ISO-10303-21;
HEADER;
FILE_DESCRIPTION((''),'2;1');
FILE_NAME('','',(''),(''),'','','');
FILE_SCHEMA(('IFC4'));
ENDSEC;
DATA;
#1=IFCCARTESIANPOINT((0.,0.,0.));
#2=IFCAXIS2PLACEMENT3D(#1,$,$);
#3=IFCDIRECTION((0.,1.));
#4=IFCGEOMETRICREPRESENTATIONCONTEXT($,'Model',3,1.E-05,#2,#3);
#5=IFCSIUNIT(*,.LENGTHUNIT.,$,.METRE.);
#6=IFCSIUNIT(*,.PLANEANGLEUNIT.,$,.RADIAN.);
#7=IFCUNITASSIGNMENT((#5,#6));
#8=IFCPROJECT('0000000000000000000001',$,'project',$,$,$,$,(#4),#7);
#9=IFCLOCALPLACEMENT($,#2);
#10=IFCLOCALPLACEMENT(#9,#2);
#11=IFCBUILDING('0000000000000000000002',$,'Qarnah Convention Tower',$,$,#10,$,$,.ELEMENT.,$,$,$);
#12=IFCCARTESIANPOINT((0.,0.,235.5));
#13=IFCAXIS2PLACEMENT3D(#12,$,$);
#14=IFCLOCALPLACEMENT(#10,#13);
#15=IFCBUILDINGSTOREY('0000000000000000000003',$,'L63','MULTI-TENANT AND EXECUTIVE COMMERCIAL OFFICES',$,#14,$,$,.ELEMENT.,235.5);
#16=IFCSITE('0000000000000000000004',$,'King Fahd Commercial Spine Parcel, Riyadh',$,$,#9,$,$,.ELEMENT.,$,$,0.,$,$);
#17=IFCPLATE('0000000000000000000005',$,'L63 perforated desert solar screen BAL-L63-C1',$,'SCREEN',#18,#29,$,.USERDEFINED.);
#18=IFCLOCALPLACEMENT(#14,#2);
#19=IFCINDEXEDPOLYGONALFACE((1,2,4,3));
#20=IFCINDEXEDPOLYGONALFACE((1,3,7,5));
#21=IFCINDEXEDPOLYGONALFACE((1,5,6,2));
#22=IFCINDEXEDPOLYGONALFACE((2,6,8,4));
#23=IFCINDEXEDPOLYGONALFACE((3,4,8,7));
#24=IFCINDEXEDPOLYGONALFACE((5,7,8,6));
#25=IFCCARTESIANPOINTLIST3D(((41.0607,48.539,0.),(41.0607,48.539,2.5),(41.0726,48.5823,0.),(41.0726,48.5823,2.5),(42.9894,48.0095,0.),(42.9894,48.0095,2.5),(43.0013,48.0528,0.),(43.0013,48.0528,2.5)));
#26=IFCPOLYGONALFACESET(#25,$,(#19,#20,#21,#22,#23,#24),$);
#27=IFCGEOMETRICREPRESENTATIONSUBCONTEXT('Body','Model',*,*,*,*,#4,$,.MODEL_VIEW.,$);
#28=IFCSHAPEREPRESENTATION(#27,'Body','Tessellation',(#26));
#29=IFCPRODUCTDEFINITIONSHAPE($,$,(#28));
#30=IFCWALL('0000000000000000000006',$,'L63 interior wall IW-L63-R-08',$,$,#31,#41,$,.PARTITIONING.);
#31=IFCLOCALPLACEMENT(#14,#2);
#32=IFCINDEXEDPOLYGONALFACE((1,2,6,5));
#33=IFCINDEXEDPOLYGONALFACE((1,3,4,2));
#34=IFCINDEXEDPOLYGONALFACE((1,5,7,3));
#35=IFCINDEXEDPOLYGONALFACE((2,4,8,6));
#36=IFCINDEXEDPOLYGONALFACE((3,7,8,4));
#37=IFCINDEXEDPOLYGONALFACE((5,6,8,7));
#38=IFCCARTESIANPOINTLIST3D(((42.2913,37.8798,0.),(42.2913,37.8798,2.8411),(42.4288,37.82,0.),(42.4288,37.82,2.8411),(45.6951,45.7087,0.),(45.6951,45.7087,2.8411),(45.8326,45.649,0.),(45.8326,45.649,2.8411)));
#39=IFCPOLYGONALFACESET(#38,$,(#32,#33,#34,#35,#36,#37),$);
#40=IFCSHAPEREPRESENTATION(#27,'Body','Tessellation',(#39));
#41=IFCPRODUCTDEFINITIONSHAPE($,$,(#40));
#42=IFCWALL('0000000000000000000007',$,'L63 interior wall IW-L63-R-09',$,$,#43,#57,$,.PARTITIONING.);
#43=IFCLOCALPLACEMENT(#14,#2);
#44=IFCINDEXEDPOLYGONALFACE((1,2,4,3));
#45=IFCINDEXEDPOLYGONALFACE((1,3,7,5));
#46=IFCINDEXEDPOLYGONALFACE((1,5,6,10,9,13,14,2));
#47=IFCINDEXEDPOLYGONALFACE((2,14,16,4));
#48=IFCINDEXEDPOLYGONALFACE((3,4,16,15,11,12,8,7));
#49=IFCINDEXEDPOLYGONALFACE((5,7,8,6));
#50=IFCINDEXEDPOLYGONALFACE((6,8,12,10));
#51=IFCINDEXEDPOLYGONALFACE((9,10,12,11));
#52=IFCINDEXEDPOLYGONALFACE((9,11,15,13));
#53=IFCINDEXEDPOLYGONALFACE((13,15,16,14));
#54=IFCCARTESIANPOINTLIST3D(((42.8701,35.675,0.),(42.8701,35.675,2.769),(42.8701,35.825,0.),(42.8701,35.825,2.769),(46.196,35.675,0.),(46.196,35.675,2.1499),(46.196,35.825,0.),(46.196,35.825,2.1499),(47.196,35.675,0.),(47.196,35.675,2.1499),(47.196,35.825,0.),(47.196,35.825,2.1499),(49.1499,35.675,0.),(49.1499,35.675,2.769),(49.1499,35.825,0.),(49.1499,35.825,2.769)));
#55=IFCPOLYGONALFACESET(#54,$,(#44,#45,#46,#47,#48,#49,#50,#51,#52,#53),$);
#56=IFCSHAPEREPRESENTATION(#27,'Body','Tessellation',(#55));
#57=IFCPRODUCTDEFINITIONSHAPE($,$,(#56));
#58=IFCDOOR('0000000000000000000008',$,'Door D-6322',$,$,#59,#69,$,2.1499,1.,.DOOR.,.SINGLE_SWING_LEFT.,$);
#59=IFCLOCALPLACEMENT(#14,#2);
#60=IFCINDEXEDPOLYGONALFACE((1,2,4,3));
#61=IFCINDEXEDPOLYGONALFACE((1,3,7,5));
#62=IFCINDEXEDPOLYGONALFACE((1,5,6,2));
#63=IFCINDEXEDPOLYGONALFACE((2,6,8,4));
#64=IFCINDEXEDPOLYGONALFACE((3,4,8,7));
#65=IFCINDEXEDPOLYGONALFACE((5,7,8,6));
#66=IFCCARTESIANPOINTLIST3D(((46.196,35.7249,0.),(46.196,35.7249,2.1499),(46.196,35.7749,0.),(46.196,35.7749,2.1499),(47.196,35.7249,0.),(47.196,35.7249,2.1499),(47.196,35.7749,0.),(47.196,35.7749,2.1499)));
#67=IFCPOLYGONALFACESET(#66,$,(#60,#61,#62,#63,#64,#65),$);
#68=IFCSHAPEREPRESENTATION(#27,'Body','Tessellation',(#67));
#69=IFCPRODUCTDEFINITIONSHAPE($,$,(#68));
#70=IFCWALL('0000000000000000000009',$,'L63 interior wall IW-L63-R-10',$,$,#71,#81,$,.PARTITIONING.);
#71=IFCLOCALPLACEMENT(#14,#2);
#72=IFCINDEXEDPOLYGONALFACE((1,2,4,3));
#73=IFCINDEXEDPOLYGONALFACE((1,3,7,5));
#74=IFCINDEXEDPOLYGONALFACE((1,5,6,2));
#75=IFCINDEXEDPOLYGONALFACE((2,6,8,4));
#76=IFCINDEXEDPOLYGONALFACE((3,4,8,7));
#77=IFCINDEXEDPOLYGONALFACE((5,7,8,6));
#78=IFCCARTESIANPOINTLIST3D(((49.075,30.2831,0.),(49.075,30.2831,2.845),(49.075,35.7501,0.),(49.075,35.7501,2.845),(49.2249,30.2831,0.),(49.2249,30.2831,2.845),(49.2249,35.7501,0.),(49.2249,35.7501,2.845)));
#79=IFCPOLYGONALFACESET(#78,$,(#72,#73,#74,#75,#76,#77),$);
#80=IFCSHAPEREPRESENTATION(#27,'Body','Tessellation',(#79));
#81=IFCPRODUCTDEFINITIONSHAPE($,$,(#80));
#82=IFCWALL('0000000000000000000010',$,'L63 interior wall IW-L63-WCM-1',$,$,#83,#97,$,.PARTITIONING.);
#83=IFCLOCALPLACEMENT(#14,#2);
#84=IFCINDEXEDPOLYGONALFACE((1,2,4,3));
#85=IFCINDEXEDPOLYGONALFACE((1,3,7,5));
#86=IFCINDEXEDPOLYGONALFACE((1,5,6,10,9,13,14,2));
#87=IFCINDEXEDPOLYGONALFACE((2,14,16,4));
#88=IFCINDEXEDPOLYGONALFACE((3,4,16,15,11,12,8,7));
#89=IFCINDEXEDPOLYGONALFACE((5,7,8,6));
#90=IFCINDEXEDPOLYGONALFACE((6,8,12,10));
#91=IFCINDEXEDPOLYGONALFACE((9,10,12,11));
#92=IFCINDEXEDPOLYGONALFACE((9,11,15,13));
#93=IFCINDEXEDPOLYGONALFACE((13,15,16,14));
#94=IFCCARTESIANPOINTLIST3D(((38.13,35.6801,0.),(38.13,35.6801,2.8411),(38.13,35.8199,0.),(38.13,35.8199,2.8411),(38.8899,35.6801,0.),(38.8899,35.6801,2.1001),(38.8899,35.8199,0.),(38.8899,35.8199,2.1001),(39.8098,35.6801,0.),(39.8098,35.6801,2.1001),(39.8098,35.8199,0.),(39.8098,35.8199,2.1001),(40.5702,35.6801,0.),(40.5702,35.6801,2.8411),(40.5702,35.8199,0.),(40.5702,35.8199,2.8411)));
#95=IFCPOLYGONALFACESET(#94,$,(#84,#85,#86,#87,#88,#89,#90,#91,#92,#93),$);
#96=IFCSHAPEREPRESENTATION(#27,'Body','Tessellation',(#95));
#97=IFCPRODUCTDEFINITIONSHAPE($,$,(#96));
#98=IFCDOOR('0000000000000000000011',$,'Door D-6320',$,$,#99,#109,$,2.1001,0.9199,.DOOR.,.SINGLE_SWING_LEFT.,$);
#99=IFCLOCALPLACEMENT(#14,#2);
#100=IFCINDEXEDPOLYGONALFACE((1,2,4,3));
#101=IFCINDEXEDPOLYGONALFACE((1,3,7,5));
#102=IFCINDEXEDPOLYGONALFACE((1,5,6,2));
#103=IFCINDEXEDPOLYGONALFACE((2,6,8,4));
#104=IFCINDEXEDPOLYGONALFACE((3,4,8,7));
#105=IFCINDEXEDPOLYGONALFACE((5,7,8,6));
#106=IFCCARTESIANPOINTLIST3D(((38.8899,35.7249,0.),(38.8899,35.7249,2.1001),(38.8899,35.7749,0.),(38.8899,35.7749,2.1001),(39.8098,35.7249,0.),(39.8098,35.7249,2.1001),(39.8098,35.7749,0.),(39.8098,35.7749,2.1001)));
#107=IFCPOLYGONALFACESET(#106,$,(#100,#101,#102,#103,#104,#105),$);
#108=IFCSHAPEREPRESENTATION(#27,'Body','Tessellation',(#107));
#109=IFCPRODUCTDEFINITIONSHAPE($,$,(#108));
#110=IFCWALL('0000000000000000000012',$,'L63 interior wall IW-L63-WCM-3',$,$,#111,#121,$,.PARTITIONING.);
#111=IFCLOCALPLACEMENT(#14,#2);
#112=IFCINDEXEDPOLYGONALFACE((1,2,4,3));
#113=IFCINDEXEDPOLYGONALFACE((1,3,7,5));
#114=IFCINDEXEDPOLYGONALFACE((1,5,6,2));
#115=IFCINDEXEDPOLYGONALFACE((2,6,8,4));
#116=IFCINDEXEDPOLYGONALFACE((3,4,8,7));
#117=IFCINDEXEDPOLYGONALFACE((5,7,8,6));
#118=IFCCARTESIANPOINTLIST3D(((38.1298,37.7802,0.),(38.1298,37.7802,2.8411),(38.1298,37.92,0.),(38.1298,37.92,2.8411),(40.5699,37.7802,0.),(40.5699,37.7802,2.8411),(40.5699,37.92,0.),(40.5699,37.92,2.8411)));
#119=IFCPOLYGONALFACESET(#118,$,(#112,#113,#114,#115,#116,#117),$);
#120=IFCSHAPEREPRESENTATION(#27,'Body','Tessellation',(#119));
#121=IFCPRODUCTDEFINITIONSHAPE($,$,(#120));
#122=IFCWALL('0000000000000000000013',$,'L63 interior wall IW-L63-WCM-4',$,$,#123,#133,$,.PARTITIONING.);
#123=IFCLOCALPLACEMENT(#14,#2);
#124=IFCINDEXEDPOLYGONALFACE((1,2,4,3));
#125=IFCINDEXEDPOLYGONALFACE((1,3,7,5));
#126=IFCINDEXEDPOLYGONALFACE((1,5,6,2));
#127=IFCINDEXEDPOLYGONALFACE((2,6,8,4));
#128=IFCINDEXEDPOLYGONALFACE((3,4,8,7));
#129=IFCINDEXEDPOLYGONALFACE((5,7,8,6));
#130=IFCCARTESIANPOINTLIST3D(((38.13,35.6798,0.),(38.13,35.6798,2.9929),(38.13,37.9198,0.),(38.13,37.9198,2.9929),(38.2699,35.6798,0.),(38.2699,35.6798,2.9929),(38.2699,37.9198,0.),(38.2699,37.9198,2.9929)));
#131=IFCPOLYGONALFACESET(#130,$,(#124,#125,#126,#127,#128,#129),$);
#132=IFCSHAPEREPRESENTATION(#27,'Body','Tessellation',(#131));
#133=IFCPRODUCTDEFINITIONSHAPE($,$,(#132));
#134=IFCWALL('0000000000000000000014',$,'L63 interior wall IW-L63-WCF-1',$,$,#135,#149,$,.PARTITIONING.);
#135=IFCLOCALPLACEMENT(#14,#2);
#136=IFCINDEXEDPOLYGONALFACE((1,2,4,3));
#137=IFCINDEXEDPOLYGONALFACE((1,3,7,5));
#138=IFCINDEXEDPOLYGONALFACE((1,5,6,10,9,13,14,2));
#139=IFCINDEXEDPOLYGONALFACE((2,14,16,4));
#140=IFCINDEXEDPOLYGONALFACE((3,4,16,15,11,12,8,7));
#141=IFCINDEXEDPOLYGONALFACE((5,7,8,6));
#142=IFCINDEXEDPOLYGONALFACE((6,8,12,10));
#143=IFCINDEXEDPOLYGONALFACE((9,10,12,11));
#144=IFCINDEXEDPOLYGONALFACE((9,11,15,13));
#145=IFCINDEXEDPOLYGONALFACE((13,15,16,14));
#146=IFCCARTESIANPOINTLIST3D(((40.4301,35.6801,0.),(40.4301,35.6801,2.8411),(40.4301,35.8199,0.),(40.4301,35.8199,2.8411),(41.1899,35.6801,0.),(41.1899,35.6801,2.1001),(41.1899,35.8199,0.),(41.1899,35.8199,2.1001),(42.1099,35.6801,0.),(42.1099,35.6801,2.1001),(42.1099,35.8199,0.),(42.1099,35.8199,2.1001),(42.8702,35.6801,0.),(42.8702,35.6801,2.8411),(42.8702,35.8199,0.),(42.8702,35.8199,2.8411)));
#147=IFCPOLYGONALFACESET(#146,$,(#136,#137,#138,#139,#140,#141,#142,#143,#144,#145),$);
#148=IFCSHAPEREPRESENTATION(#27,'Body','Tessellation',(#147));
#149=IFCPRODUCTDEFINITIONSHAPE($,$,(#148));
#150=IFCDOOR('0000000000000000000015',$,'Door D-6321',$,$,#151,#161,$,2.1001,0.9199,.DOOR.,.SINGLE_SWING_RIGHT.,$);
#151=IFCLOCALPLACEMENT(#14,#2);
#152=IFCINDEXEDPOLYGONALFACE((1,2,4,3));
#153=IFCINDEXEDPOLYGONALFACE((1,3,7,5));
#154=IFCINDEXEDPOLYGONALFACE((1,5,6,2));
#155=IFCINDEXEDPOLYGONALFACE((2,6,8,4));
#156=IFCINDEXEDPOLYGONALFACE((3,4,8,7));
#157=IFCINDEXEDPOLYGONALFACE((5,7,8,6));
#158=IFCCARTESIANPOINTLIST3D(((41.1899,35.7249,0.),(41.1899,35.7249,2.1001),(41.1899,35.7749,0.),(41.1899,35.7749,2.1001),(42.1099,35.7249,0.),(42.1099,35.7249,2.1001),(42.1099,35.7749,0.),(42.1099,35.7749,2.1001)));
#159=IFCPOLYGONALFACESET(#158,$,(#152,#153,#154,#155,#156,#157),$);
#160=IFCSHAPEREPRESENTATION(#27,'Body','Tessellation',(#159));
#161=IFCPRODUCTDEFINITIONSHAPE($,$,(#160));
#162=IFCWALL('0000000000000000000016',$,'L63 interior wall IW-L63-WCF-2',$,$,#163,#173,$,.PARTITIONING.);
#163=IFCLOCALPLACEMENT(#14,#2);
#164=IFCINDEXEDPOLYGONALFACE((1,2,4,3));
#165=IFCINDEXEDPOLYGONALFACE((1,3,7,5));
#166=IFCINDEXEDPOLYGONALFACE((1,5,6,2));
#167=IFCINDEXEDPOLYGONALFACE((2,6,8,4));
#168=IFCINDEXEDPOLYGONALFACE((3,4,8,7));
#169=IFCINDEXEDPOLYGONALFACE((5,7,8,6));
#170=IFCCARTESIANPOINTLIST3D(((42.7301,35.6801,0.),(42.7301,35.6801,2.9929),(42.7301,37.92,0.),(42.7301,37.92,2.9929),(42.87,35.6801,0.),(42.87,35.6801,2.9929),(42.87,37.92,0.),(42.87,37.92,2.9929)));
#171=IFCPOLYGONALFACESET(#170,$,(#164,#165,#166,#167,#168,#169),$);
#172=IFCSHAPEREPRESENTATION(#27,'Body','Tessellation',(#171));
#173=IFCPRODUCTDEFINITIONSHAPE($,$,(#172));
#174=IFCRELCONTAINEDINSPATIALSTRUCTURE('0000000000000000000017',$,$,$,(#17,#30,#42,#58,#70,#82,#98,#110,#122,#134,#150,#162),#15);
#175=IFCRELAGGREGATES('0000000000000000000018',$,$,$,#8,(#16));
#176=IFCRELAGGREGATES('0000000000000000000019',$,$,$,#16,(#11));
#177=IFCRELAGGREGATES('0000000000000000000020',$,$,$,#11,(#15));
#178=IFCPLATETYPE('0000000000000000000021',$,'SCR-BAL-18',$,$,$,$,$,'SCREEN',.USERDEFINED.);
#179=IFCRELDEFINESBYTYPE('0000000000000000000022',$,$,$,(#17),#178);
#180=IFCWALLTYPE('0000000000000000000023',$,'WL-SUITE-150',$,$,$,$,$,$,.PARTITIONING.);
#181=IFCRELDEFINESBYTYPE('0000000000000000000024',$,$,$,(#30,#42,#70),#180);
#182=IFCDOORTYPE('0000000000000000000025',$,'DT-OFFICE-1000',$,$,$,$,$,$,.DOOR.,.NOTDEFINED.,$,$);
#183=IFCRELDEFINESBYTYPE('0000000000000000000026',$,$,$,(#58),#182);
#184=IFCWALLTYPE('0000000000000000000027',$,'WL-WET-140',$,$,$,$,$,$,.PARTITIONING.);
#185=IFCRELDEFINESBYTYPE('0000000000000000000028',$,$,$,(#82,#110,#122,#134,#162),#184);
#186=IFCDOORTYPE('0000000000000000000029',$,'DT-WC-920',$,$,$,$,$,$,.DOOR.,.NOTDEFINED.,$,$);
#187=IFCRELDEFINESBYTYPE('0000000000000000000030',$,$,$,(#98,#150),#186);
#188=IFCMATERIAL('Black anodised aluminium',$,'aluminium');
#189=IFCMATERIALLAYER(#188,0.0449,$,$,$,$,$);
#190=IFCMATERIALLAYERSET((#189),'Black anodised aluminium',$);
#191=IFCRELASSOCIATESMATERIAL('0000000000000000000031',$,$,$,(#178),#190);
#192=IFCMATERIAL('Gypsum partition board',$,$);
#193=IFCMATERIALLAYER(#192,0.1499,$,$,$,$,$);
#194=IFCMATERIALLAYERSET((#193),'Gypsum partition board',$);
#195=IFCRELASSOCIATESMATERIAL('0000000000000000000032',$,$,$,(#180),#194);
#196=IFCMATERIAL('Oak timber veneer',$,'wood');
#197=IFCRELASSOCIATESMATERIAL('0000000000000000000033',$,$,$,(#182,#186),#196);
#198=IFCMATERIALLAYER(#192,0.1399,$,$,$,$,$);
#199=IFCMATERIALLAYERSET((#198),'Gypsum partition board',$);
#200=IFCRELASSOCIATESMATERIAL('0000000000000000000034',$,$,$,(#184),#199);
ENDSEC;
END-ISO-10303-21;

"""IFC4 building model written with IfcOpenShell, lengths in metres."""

from ifc_helpers import new_model, si_unit, direction, frame, frame_2d, origin, origin_2d, place, context, subcontext, project, spatial, rectangle, extrude, material, layer, layer_set, type_object, element, fill, save


model = new_model("IFC4")

# Units and contexts
model_context = context("Model", 3, precision=1e-05, world=origin(), true_north=direction((0.0, 1.0)))
body_context = subcontext(model_context, "Body", "Model", "MODEL_VIEW")
ifc_project = project(units=[si_unit("LENGTHUNIT", "METRE"), si_unit("PLANEANGLEUNIT", "RADIAN")], contexts=[model_context])

# Site, building, storey
site_placement = place(None, origin())
site = spatial("IfcSite", under=ifc_project, at=site_placement, Name="King Fahd Commercial Spine Parcel, Riyadh", CompositionType="ELEMENT", RefElevation=0.0)
building_placement = place(site_placement, origin())
building = spatial("IfcBuilding", under=site, at=building_placement, Name="Qarnah Convention Tower", CompositionType="ELEMENT")
storey_placement = place(building_placement, frame((0.0, 0.0, 235.5)))
storey = spatial("IfcBuildingStorey", under=building, at=storey_placement, Name="L63", Description="MULTI-TENANT AND EXECUTIVE COMMERCIAL OFFICES", CompositionType="ELEMENT", Elevation=235.5)

# Shared definitions
ifc_material_1 = material(Name="Black anodised aluminium", Category="aluminium")

# Plate
ifc_layer_1 = layer(ifc_material_1, 0.0449)
ifc_layer_set_1 = layer_set([ifc_layer_1], Name="Black anodised aluminium")
plate_type_1 = type_object("IfcPlateType", Name="SCR-BAL-18", ElementType="SCREEN", PredefinedType="USERDEFINED", material=ifc_layer_set_1)
plate_1_placement = place(storey_placement, frame((42.031, 48.2959, 0.0), z_axis=(0.0, 0.0, 1.0), x_axis=(0.964312, -0.264767, 0.0)))
element("IfcPlate", 1, at=plate_1_placement, inside=storey, type_object=plate_type_1, Name="L63 perforated desert solar screen BAL-L63-C1", ObjectType="SCREEN", PredefinedType="USERDEFINED", context=body_context, shape_type="SweptSolid", body=[
    extrude(rectangle(XDim=2.0, YDim=0.0449, at=origin_2d()), origin(), (0.0, 0.0, 1.0), 2.5),
])

# Wall
ifc_material_2 = material(Name="Gypsum partition board")
ifc_layer_2 = layer(ifc_material_2, 0.1499)
ifc_layer_set_2 = layer_set([ifc_layer_2], Name="Gypsum partition board")
wall_type_1 = type_object("IfcWallType", Name="WL-SUITE-150", PredefinedType="PARTITIONING", material=ifc_layer_set_2)
wall_1_placement = place(storey_placement, frame((45.7639, 45.679, 0.0), z_axis=(0.0, 0.0, 1.0), x_axis=(-0.398722, -0.917072, 0.0)))
element("IfcWall", 2, at=wall_1_placement, inside=storey, type_object=wall_type_1, Name="L63 interior wall IW-L63-R-08", PredefinedType="PARTITIONING", context=body_context, shape_type="SweptSolid", body=[
    extrude(rectangle(XDim=8.5369, YDim=0.1499, at=frame_2d((4.2686, 0.0))), origin(), (0.0, 0.0, 1.0), 2.8411),
])

# Wall, opening, door
wall_2_placement = place(storey_placement, frame((42.8701, 35.75, 0.0), z_axis=(0.0, 0.0, 1.0), x_axis=(1.0, 0.0, 0.0)))
wall_2 = element("IfcWall", 3, at=wall_2_placement, inside=storey, type_object=wall_type_1, Name="L63 interior wall IW-L63-R-09", PredefinedType="PARTITIONING", context=body_context, shape_type="SweptSolid", body=[
    extrude(rectangle(XDim=6.2798, YDim=0.1499, at=frame_2d((3.1399, 0.0))), origin(), (0.0, 0.0, 1.0), 2.769),
])
opening_1_placement = place(wall_2_placement, frame((3.3259, 0.0, 0.0)))
opening_1 = element("IfcOpeningElement", 4, at=opening_1_placement, cuts=wall_2, PredefinedType="OPENING", context=body_context, shape_type="SweptSolid", body=[
    extrude(rectangle(XDim=1.0, YDim=2.1499, at=frame_2d((0.5, 1.075))), frame((0.0, 0.085, 0.0), z_axis=(0.0, -1.0, 0.0), x_axis=(1.0, 0.0, 0.0)), (0.0, 0.0, 1.0), 0.1699),
])
ifc_material_3 = material(Name="Oak timber veneer", Category="wood")
door_type_1 = type_object("IfcDoorType", Name="DT-OFFICE-1000", OperationType="NOTDEFINED", PredefinedType="DOOR", material=ifc_material_3)
door_1_placement = place(opening_1_placement, origin())
door_1 = element("IfcDoor", 5, at=door_1_placement, inside=storey, type_object=door_type_1, Name="Door D-6322", OperationType="SINGLE_SWING_LEFT", OverallHeight=2.1499, OverallWidth=1.0, PredefinedType="DOOR", context=body_context, shape_type="SweptSolid", body=[
    extrude(rectangle(XDim=1.0, YDim=2.1499, at=frame_2d((0.5, 1.075))), frame((0.0, 0.0249, 0.0), z_axis=(0.0, -1.0, 0.0), x_axis=(1.0, 0.0, 0.0)), (0.0, 0.0, 1.0), 0.05),
])
fill(opening_1, door_1)

# Wall
wall_3_placement = place(storey_placement, frame((49.1499, 35.75, 0.0), z_axis=(0.0, 0.0, 1.0), x_axis=(0.0, -1.0, 0.0)))
element("IfcWall", 6, at=wall_3_placement, inside=storey, type_object=wall_type_1, Name="L63 interior wall IW-L63-R-10", PredefinedType="PARTITIONING", context=body_context, shape_type="SweptSolid", body=[
    extrude(rectangle(XDim=5.467, YDim=0.1499, at=frame_2d((2.7334, 0.0))), origin(), (0.0, 0.0, 1.0), 2.845),
])

# Wall, opening, door
ifc_layer_3 = layer(ifc_material_2, 0.1399)
ifc_layer_set_3 = layer_set([ifc_layer_3], Name="Gypsum partition board")
wall_type_2 = type_object("IfcWallType", Name="WL-WET-140", PredefinedType="PARTITIONING", material=ifc_layer_set_3)
wall_4_placement = place(storey_placement, frame((38.1299, 35.75, 0.0), z_axis=(0.0, 0.0, 1.0), x_axis=(1.0, 0.0, 0.0)))
wall_4 = element("IfcWall", 7, at=wall_4_placement, inside=storey, type_object=wall_type_2, Name="L63 interior wall IW-L63-WCM-1", PredefinedType="PARTITIONING", context=body_context, shape_type="SweptSolid", body=[
    extrude(rectangle(XDim=2.4402, YDim=0.1399, at=frame_2d((1.2202, 0.0))), origin(), (0.0, 0.0, 1.0), 2.8411),
])
opening_2_placement = place(wall_4_placement, frame((0.76, 0.0, 0.0)))
opening_2 = element("IfcOpeningElement", 8, at=opening_2_placement, cuts=wall_4, PredefinedType="OPENING", context=body_context, shape_type="SweptSolid", body=[
    extrude(rectangle(XDim=0.9199, YDim=2.1001, at=frame_2d((0.46, 1.05))), frame((0.0, 0.0798, 0.0), z_axis=(0.0, -1.0, 0.0), x_axis=(1.0, 0.0, 0.0)), (0.0, 0.0, 1.0), 0.1599),
])
door_type_2 = type_object("IfcDoorType", Name="DT-WC-920", OperationType="NOTDEFINED", PredefinedType="DOOR", material=ifc_material_3)
door_2_placement = place(opening_2_placement, origin())
door_2 = element("IfcDoor", 9, at=door_2_placement, inside=storey, type_object=door_type_2, Name="Door D-6320", OperationType="SINGLE_SWING_LEFT", OverallHeight=2.1001, OverallWidth=0.9199, PredefinedType="DOOR", context=body_context, shape_type="SweptSolid", body=[
    extrude(rectangle(XDim=0.9199, YDim=2.1001, at=frame_2d((0.46, 1.05))), frame((0.0, 0.0249, 0.0), z_axis=(0.0, -1.0, 0.0), x_axis=(1.0, 0.0, 0.0)), (0.0, 0.0, 1.0), 0.05),
])
fill(opening_2, door_2)

# Walls
wall_5_placement = place(storey_placement, frame((40.5701, 37.8501, 0.0), z_axis=(0.0, 0.0, 1.0), x_axis=(-1.0, 0.0, 0.0)))
element("IfcWall", 10, at=wall_5_placement, inside=storey, type_object=wall_type_2, Name="L63 interior wall IW-L63-WCM-3", PredefinedType="PARTITIONING", context=body_context, shape_type="SweptSolid", body=[
    extrude(rectangle(XDim=2.4402, YDim=0.1399, at=frame_2d((1.2202, 0.0))), origin(), (0.0, 0.0, 1.0), 2.8411),
])
wall_6_placement = place(storey_placement, frame((38.2, 37.9199, 0.0), z_axis=(0.0, 0.0, 1.0), x_axis=(0.0, -1.0, 0.0)))
element("IfcWall", 11, at=wall_6_placement, inside=storey, type_object=wall_type_2, Name="L63 interior wall IW-L63-WCM-4", PredefinedType="PARTITIONING", context=body_context, shape_type="SweptSolid", body=[
    extrude(rectangle(XDim=2.24, YDim=0.1399, at=frame_2d((1.1201, 0.0))), origin(), (0.0, 0.0, 1.0), 2.9929),
])

# Wall, opening, door
wall_7_placement = place(storey_placement, frame((40.4299, 35.75, 0.0), z_axis=(0.0, 0.0, 1.0), x_axis=(1.0, 0.0, 0.0)))
wall_7 = element("IfcWall", 12, at=wall_7_placement, inside=storey, type_object=wall_type_2, Name="L63 interior wall IW-L63-WCF-1", PredefinedType="PARTITIONING", context=body_context, shape_type="SweptSolid", body=[
    extrude(rectangle(XDim=2.4402, YDim=0.1399, at=frame_2d((1.2202, 0.0))), origin(), (0.0, 0.0, 1.0), 2.8411),
])
opening_3_placement = place(wall_7_placement, frame((0.76, 0.0, 0.0)))
opening_3 = element("IfcOpeningElement", 13, at=opening_3_placement, cuts=wall_7, PredefinedType="OPENING", context=body_context, shape_type="SweptSolid", body=[
    extrude(rectangle(XDim=0.9199, YDim=2.1001, at=frame_2d((0.46, 1.05))), frame((0.0, 0.0798, 0.0), z_axis=(0.0, -1.0, 0.0), x_axis=(1.0, 0.0, 0.0)), (0.0, 0.0, 1.0), 0.1599),
])
door_3_placement = place(opening_3_placement, origin())
door_3 = element("IfcDoor", 14, at=door_3_placement, inside=storey, type_object=door_type_2, Name="Door D-6321", OperationType="SINGLE_SWING_RIGHT", OverallHeight=2.1001, OverallWidth=0.9199, PredefinedType="DOOR", context=body_context, shape_type="SweptSolid", body=[
    extrude(rectangle(XDim=0.9199, YDim=2.1001, at=frame_2d((0.46, 1.05))), frame((0.0, 0.0249, 0.0), z_axis=(0.0, -1.0, 0.0), x_axis=(1.0, 0.0, 0.0)), (0.0, 0.0, 1.0), 0.05),
])
fill(opening_3, door_3)

# Wall
wall_8_placement = place(storey_placement, frame((42.8, 35.6799, 0.0), z_axis=(0.0, 0.0, 1.0), x_axis=(0.0, 1.0, 0.0)))
element("IfcWall", 15, at=wall_8_placement, inside=storey, type_object=wall_type_2, Name="L63 interior wall IW-L63-WCF-2", PredefinedType="PARTITIONING", context=body_context, shape_type="SweptSolid", body=[
    extrude(rectangle(XDim=2.24, YDim=0.1399, at=frame_2d((1.1201, 0.0))), origin(), (0.0, 0.0, 1.0), 2.9929),
])

save(model, "model.ifc")
